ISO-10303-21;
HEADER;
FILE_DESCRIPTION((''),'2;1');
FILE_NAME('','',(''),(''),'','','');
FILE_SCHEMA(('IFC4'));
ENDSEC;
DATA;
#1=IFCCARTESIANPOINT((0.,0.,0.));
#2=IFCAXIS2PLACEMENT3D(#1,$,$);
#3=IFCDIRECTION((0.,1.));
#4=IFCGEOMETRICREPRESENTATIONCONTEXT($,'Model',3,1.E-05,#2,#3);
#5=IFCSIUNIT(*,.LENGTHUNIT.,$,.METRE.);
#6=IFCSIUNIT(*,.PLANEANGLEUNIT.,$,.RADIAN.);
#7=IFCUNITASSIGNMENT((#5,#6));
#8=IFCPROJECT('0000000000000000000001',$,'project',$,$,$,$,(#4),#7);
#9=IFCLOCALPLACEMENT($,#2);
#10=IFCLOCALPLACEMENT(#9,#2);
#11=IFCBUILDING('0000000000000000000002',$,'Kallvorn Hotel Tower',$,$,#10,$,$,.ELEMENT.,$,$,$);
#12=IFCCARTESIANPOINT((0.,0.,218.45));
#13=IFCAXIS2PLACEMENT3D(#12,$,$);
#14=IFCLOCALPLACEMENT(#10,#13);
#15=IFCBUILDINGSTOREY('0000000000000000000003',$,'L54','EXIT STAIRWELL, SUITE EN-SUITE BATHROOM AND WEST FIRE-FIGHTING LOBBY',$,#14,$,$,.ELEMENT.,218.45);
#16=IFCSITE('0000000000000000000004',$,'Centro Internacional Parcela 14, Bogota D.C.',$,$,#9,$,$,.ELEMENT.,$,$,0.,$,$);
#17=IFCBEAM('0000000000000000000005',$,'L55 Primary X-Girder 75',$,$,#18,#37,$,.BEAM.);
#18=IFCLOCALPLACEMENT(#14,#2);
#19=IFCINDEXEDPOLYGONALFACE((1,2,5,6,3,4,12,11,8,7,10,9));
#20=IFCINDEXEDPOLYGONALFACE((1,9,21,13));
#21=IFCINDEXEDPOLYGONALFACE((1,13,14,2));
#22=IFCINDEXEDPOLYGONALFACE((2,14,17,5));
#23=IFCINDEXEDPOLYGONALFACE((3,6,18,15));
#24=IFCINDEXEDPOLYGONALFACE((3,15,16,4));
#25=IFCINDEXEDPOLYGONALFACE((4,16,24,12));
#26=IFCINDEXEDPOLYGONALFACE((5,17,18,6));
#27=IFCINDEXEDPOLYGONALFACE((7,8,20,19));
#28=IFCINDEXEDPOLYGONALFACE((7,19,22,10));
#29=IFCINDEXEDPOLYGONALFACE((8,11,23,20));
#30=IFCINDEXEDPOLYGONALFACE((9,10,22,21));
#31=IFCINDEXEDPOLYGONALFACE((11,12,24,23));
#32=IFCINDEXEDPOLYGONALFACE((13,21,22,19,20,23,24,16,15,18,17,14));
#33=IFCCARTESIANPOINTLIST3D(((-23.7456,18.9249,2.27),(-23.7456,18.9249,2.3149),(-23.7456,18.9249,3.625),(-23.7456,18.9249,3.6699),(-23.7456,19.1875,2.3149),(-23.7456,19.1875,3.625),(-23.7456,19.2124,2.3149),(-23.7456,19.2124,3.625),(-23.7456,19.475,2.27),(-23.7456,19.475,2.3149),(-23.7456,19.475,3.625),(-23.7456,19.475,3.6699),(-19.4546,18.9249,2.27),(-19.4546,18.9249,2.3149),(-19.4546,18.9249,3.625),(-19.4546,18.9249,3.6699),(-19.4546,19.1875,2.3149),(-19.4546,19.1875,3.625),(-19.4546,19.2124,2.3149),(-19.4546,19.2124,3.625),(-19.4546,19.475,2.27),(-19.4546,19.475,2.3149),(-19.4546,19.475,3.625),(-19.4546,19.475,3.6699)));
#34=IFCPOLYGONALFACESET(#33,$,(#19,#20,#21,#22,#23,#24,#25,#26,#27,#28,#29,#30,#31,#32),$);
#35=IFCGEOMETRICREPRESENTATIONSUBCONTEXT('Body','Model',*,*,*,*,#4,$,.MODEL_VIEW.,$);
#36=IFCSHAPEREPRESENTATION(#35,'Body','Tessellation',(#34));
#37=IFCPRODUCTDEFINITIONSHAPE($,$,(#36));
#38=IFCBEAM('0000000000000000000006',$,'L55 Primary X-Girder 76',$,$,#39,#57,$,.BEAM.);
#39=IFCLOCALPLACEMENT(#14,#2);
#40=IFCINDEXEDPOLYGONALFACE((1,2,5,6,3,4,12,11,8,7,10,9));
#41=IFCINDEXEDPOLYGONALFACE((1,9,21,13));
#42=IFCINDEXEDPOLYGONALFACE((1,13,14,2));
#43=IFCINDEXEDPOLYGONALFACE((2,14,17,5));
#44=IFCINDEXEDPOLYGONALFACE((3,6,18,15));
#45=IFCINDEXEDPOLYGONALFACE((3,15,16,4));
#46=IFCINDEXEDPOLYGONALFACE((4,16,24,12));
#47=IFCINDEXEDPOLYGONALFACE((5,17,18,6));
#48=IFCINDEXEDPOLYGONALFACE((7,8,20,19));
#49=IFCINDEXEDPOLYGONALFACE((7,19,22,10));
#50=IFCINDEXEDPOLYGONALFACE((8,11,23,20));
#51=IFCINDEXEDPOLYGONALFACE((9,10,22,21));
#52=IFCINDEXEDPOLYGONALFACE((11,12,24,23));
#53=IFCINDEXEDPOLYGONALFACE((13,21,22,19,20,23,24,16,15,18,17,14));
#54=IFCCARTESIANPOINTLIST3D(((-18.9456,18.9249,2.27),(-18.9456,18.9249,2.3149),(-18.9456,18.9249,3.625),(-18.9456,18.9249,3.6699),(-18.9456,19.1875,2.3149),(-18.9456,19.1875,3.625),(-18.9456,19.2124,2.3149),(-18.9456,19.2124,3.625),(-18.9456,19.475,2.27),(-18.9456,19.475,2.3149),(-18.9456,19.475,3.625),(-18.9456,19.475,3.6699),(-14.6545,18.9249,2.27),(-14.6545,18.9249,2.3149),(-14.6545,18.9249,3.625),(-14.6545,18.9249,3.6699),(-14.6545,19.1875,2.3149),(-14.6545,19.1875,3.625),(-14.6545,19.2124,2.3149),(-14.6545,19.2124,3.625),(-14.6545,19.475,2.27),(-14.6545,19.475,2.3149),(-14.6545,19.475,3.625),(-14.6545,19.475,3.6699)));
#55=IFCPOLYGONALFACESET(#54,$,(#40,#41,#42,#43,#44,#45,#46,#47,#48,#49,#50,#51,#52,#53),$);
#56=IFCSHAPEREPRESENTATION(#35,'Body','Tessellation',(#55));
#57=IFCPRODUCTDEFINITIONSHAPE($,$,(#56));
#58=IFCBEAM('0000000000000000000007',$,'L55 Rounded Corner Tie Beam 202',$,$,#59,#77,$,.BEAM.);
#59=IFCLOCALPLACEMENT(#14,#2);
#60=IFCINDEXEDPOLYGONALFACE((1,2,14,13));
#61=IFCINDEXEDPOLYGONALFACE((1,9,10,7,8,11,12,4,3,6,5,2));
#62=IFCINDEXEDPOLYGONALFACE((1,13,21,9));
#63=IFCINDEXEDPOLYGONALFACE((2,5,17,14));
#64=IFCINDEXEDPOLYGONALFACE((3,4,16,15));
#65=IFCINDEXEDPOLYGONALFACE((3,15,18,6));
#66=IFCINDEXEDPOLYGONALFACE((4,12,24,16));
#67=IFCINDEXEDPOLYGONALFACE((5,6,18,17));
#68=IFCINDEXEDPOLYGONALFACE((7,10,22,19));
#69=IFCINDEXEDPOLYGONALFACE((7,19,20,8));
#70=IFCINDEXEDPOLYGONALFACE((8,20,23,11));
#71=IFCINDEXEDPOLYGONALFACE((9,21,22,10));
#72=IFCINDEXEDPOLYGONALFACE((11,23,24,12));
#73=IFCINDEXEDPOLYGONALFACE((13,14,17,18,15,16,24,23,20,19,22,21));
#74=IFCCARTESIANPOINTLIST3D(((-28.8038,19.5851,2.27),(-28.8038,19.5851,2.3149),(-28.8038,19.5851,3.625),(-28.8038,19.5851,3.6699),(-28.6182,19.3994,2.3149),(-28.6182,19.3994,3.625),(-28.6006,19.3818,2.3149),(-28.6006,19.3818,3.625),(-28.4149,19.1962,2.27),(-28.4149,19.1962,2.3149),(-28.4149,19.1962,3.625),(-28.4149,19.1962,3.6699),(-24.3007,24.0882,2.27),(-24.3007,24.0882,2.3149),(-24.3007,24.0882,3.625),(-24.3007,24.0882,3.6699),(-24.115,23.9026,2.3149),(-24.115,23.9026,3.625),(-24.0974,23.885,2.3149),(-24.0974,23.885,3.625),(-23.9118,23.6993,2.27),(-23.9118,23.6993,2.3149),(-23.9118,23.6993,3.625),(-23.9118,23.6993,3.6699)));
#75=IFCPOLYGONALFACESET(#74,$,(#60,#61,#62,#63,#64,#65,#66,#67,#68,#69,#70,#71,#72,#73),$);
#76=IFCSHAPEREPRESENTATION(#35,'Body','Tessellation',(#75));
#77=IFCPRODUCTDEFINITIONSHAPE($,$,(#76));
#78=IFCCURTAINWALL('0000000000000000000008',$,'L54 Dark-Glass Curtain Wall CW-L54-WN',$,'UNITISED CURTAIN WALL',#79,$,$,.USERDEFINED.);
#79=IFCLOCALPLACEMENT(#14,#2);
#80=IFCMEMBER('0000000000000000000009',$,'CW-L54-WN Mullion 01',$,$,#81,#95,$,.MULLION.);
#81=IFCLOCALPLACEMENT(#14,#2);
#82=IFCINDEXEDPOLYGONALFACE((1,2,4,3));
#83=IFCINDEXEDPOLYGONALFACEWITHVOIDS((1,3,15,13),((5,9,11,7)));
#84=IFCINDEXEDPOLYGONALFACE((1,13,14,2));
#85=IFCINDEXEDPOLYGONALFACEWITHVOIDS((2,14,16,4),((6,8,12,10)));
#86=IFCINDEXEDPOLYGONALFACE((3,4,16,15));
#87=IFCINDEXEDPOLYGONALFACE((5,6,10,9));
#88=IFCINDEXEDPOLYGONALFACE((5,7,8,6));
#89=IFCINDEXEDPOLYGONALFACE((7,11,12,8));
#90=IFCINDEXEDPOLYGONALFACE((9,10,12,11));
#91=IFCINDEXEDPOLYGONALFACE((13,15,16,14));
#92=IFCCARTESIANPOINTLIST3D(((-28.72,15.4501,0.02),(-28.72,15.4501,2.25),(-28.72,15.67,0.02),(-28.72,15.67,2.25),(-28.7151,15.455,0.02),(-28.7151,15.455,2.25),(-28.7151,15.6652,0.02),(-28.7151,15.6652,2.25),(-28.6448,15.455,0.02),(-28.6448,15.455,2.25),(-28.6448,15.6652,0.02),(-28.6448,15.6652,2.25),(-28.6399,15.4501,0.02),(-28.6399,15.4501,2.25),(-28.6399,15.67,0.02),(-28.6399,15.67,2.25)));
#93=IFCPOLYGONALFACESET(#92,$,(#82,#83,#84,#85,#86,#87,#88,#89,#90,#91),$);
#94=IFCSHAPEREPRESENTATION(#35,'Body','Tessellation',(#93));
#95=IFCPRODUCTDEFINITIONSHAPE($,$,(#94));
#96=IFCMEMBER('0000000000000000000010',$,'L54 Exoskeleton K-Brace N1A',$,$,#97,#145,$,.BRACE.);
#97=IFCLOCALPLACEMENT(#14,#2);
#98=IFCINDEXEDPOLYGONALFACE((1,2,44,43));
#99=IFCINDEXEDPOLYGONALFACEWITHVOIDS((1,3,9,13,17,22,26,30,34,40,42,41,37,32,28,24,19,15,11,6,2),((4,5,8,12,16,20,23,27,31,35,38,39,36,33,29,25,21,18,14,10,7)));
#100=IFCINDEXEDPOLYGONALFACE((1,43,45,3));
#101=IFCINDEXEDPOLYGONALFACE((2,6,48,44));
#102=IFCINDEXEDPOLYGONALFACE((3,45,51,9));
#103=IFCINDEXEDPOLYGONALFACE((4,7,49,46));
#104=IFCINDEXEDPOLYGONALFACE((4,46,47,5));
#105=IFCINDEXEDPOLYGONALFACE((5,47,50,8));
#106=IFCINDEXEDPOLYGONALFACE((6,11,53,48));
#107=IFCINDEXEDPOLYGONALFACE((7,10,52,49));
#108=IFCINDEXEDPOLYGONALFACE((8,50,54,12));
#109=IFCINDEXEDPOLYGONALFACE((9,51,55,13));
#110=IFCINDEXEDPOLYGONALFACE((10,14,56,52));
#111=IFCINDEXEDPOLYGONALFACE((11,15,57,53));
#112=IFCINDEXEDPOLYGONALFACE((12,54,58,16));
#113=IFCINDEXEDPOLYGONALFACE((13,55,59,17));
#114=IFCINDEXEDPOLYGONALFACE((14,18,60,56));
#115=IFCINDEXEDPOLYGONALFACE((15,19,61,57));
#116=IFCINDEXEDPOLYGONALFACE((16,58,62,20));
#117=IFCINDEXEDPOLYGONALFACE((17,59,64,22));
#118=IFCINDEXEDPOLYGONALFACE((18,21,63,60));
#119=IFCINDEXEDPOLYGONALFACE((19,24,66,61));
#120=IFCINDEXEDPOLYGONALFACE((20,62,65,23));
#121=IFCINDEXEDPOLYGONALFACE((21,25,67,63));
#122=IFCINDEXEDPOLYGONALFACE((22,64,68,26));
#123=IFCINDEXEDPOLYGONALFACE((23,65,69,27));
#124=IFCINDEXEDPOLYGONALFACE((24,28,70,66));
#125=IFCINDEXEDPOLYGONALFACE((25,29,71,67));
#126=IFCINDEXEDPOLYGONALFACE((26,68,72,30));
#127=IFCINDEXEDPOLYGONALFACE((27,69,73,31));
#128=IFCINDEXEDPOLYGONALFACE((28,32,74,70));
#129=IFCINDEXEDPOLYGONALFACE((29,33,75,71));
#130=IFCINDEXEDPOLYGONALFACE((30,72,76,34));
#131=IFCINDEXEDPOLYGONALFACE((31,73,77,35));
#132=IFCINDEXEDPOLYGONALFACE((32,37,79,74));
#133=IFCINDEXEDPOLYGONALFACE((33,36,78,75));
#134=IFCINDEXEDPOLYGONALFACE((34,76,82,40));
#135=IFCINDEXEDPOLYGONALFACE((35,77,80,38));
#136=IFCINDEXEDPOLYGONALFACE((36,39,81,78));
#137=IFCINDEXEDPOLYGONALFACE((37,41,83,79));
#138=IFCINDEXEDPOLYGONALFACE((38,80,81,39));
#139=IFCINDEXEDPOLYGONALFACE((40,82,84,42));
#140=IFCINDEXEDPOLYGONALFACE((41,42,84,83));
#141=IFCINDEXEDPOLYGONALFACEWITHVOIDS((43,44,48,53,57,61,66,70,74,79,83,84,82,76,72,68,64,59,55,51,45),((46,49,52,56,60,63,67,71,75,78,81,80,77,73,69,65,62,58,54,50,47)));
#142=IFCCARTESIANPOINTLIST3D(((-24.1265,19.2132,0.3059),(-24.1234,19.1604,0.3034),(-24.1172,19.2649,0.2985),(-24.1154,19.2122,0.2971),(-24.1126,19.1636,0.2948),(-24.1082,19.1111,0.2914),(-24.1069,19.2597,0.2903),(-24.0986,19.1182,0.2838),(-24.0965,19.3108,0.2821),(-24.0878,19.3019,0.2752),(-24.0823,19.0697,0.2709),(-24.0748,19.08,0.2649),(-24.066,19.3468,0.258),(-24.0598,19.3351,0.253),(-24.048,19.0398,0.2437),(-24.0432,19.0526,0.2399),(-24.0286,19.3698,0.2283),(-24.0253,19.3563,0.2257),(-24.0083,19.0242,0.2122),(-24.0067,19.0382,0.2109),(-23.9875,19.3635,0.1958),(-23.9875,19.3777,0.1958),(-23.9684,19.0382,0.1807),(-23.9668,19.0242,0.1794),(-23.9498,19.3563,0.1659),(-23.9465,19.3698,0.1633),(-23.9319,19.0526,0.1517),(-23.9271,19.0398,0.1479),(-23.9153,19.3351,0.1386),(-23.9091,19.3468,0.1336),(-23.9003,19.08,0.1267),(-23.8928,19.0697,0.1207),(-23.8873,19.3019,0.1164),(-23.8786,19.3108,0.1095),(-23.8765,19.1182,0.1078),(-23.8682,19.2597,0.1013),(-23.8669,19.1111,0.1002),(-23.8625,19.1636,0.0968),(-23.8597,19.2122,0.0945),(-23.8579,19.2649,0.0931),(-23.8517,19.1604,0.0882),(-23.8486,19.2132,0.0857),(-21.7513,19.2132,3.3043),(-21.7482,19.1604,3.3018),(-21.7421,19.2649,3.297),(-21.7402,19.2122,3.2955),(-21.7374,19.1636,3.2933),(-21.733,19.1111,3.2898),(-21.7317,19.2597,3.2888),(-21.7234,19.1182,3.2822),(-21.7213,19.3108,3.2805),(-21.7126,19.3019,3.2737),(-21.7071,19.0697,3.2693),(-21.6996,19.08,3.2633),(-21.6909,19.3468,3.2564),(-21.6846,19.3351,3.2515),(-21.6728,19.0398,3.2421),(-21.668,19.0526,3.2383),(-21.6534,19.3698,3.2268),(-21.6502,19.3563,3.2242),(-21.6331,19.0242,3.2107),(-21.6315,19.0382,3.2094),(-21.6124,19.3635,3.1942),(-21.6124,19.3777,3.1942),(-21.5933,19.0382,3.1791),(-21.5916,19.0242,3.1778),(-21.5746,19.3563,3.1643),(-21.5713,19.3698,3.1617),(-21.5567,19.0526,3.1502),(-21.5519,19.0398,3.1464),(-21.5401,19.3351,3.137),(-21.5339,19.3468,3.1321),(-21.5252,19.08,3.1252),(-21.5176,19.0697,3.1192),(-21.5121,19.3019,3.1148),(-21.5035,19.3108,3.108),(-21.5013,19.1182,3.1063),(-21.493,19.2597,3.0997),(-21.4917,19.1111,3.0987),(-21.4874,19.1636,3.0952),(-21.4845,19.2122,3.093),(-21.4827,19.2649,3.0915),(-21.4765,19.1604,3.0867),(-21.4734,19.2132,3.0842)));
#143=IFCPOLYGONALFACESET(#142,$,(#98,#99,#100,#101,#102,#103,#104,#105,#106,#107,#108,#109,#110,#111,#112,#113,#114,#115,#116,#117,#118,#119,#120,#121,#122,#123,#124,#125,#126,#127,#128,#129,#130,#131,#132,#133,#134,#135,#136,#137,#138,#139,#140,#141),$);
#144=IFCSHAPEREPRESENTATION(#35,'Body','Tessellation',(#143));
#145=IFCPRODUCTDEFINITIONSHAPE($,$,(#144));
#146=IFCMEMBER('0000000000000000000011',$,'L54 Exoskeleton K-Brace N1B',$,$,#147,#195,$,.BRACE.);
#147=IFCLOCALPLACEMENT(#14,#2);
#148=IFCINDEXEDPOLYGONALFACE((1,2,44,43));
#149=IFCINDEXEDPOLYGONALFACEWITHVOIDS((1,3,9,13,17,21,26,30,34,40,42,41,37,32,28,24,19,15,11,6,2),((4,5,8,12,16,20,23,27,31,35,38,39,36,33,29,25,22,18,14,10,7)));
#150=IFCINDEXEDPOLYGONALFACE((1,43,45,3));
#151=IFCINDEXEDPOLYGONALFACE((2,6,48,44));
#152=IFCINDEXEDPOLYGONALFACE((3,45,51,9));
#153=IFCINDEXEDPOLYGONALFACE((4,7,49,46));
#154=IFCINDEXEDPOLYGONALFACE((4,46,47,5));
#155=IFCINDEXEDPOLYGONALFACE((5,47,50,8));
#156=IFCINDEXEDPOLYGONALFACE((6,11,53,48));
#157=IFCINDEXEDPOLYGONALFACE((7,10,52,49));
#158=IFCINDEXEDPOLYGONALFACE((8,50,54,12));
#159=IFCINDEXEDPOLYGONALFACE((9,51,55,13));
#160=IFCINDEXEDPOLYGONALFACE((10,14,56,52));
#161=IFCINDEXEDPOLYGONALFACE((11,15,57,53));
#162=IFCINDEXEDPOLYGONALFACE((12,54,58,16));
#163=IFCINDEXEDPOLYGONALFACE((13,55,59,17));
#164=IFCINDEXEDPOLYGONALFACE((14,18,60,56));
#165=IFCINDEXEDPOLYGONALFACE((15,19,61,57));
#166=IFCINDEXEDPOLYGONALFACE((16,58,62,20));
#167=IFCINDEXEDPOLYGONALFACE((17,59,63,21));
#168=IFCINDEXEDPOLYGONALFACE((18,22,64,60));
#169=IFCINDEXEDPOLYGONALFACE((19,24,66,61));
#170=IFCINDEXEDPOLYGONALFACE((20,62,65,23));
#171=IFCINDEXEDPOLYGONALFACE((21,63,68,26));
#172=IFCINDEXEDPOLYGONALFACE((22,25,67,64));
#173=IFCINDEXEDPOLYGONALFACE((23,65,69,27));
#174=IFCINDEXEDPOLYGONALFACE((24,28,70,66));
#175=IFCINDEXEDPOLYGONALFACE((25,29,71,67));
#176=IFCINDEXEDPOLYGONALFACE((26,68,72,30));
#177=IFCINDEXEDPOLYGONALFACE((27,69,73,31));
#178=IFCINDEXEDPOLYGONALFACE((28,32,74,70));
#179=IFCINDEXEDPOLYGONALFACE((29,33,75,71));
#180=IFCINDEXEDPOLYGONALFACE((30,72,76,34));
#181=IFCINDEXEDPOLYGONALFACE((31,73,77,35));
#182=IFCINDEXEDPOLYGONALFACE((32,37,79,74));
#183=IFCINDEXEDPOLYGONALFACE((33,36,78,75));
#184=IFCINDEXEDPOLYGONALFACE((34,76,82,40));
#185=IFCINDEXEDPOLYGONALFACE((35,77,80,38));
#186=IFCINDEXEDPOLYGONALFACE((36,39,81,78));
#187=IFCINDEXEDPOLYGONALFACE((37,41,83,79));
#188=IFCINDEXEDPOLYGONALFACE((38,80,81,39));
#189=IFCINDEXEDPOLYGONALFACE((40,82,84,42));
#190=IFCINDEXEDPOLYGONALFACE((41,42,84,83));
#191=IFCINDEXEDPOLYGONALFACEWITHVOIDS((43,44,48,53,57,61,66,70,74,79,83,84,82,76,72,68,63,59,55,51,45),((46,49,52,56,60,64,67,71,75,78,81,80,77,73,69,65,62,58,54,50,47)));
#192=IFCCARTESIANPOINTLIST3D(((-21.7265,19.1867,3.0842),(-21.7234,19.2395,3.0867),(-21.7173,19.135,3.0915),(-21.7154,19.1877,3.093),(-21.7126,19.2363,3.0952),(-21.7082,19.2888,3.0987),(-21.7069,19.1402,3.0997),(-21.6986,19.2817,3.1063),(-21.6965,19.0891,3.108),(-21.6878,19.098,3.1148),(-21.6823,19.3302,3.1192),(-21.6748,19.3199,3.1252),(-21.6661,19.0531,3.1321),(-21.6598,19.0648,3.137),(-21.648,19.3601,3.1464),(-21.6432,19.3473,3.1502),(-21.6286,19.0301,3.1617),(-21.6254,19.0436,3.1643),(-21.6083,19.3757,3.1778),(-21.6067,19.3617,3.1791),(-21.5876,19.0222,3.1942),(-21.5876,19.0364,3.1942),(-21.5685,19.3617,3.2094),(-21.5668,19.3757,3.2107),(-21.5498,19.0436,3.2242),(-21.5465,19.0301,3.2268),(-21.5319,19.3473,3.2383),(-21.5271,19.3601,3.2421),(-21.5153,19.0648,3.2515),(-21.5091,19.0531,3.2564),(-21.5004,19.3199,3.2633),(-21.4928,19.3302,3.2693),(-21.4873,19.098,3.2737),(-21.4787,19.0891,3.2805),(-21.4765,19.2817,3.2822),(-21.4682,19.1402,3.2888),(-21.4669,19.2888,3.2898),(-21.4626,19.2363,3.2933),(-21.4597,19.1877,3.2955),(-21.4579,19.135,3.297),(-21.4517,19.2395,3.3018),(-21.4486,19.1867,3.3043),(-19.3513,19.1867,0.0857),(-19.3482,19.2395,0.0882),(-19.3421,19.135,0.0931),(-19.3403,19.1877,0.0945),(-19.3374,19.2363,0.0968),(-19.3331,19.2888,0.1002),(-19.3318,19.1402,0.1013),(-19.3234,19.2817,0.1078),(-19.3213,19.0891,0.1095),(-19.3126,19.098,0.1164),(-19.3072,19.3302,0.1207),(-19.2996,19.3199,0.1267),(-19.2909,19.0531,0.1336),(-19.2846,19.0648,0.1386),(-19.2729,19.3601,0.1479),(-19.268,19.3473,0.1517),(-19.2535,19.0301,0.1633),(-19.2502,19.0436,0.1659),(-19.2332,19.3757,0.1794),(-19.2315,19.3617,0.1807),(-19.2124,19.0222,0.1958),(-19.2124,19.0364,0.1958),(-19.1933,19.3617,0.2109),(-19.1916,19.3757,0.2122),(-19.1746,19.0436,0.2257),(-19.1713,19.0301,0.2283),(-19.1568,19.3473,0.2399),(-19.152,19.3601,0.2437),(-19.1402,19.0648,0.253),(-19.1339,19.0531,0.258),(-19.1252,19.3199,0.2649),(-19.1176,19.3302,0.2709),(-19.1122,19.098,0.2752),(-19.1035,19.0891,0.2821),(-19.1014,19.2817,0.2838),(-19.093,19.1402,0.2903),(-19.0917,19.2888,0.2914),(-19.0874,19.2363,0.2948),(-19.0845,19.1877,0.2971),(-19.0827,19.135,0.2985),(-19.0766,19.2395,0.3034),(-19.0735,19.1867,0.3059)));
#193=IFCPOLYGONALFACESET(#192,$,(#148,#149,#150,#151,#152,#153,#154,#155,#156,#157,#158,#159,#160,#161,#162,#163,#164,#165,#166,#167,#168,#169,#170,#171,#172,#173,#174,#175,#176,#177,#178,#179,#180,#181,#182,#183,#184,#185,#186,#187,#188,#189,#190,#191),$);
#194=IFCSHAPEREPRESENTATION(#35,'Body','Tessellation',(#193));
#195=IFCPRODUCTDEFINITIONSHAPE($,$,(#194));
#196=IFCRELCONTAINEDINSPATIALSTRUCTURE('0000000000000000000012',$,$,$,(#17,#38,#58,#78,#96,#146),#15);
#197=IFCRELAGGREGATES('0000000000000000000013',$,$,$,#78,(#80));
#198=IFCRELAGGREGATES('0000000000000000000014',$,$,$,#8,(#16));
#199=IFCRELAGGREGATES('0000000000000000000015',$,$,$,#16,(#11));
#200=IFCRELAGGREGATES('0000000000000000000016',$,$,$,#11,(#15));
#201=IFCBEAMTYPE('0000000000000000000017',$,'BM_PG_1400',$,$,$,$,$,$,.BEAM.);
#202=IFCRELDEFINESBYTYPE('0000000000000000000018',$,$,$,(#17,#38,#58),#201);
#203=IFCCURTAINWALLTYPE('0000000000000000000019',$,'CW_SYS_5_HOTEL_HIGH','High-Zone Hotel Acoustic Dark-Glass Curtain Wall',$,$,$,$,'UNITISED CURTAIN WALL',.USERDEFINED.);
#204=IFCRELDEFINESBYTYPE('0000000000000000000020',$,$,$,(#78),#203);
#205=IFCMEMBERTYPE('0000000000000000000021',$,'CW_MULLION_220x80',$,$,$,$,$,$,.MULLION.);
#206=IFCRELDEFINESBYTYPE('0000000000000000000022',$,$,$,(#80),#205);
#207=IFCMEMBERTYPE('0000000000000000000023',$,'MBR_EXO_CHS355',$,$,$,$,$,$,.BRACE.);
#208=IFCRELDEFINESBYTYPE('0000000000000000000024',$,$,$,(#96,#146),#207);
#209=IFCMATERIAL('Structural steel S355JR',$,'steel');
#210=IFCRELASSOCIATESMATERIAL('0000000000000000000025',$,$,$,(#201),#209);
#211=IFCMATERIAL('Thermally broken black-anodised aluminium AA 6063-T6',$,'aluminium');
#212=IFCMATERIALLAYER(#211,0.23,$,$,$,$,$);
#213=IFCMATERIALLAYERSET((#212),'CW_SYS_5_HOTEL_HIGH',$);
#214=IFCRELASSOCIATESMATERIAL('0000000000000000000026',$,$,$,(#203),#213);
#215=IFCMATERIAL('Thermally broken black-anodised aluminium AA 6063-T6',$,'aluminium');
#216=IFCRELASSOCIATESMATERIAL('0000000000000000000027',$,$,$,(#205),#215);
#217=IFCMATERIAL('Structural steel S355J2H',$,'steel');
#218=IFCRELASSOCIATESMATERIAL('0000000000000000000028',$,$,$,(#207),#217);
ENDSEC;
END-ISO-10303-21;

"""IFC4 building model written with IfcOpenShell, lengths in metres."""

from ifc_helpers import new_model, si_unit, direction, frame, origin, origin_2d, place, context, subcontext, project, spatial, hollow_rectangle, hollow_circle, i_section, extrude, material, layer, layer_set, material_profile, profile_set, type_object, element, aggregate, save


model = new_model("IFC4")

# Units and contexts
model_context = context("Model", 3, precision=1e-05, world=origin(), true_north=direction((0.0, 1.0)))
body_context = subcontext(model_context, "Body", "Model", "MODEL_VIEW")
ifc_project = project(units=[si_unit("LENGTHUNIT", "METRE"), si_unit("PLANEANGLEUNIT", "RADIAN")], contexts=[model_context])

# Site, building, storey
site_placement = place(None, origin())
site = spatial("IfcSite", under=ifc_project, at=site_placement, Name="Centro Internacional Parcela 14, Bogota D.C.", CompositionType="ELEMENT", RefElevation=0.0)
building_placement = place(site_placement, origin())
building = spatial("IfcBuilding", under=site, at=building_placement, Name="Kallvorn Hotel Tower", CompositionType="ELEMENT")
storey_placement = place(building_placement, frame((0.0, 0.0, 218.45)))
storey = spatial("IfcBuildingStorey", under=building, at=storey_placement, Name="L54", Description="EXIT STAIRWELL, SUITE EN-SUITE BATHROOM AND WEST FIRE-FIGHTING LOBBY", CompositionType="ELEMENT", Elevation=218.45)

# Beams
ifc_material_1 = material(Name="Structural steel S355JR", Category="steel")
ifc_material_profile_1 = material_profile(ifc_material_1, i_section(OverallWidth=0.55, OverallDepth=1.3999, WebThickness=0.0249, FlangeThickness=0.0449, at=origin_2d()), Name="PG 1400x550x25x45")
ifc_profile_set_1 = profile_set([ifc_material_profile_1], Name="Structural steel S355JR")
beam_type_1 = type_object("IfcBeamType", Name="BM_PG_1400", PredefinedType="BEAM", material=ifc_profile_set_1)
for number, where, z_axis, x_axis, name in (
    (1, (-23.7456, 19.2, 2.97), (1.0, 0.0, 0.0), (0.0, 1.0, 0.0), "L55 Primary X-Girder 75"),
    (2, (-18.9456, 19.2, 2.97), (1.0, 0.0, 0.0), (0.0, 1.0, 0.0), "L55 Primary X-Girder 76"),
):
    element("IfcBeam", number, at=place(storey_placement, frame(where, z_axis=z_axis, x_axis=x_axis)), inside=storey, type_object=beam_type_1, Name=name, PredefinedType="BEAM", context=body_context, shape_type="SweptSolid", body=[
        extrude(i_section(OverallWidth=0.55, OverallDepth=1.3999, WebThickness=0.0249, FlangeThickness=0.0449, at=origin_2d()), origin(), (0.0, 0.0, 1.0), 4.291),
    ])
beam_placement = place(storey_placement, frame((-28.6094, 19.3906, 2.97), z_axis=(0.707107, 0.707107, 0.0), x_axis=(-0.707107, 0.707107, 0.0)))
element("IfcBeam", 3, at=beam_placement, inside=storey, type_object=beam_type_1, Name="L55 Rounded Corner Tie Beam 202", PredefinedType="BEAM", context=body_context, shape_type="SweptSolid", body=[
    extrude(i_section(OverallWidth=0.55, OverallDepth=1.3999, WebThickness=0.0249, FlangeThickness=0.0449, at=origin_2d()), origin(), (0.0, 0.0, 1.0), 6.3684),
])

# Curtain wall, member
ifc_material_2 = material(Name="Thermally broken black-anodised aluminium AA 6063-T6", Category="aluminium")
ifc_layer_1 = layer(ifc_material_2, 0.23)
ifc_layer_set_1 = layer_set([ifc_layer_1], Name="CW_SYS_5_HOTEL_HIGH")
curtain_wall_type = type_object("IfcCurtainWallType", Name="CW_SYS_5_HOTEL_HIGH", Description="High-Zone Hotel Acoustic Dark-Glass Curtain Wall", ElementType="UNITISED CURTAIN WALL", PredefinedType="USERDEFINED", material=ifc_layer_set_1)
curtain_wall_placement = place(storey_placement, origin())
curtain_wall = element("IfcCurtainWall", 4, at=curtain_wall_placement, inside=storey, type_object=curtain_wall_type, Name="L54 Dark-Glass Curtain Wall CW-L54-WN", ObjectType="UNITISED CURTAIN WALL", PredefinedType="USERDEFINED")
ifc_material_3 = material(Name="Thermally broken black-anodised aluminium AA 6063-T6", Category="aluminium")
ifc_material_profile_2 = material_profile(ifc_material_3, hollow_rectangle(XDim=0.0801, YDim=0.22, WallThickness=0.0049, at=origin_2d()), Name="MUL 220x80")
ifc_profile_set_2 = profile_set([ifc_material_profile_2], Name="Thermally broken black-anodised aluminium AA 6063-T6")
member_type_1 = type_object("IfcMemberType", Name="CW_MULLION_220x80", PredefinedType="MULLION", material=ifc_profile_set_2)
member_placement = place(storey_placement, frame((-28.6799, 15.5601, 0.02), z_axis=(0.0, 0.0, 1.0), x_axis=(1.0, 0.0, 0.0)))
member = element("IfcMember", 5, at=member_placement, type_object=member_type_1, Name="CW-L54-WN Mullion 01", PredefinedType="MULLION", context=body_context, shape_type="SweptSolid", body=[
    extrude(hollow_rectangle(XDim=0.0801, YDim=0.22, WallThickness=0.0049, at=origin_2d()), origin(), (0.0, 0.0, 1.0), 2.23),
])
aggregate(curtain_wall, [member])

# Members
ifc_material_4 = material(Name="Structural steel S355J2H", Category="steel")
ifc_material_profile_3 = material_profile(ifc_material_4, hollow_circle(Radius=0.1777, WallThickness=0.0142, at=origin_2d()), Name="CHS 355.6x14.2")
ifc_profile_set_3 = profile_set([ifc_material_profile_3], Name="Structural steel S355J2H")
member_type_2 = type_object("IfcMemberType", Name="MBR_EXO_CHS355", PredefinedType="BRACE", material=ifc_profile_set_3)
for number, where, z_axis, x_axis, name in (
    (6, (-23.9875, 19.2, 0.1958), (0.620929, 0.0, 0.783867), (0.0, 1.0, 0.0), "L54 Exoskeleton K-Brace N1A"),
    (7, (-19.2124, 19.2, 0.1958), (-0.620929, 0.0, 0.783867), (0.0, -1.0, 0.0), "L54 Exoskeleton K-Brace N1B"),
):
    element("IfcMember", number, at=place(storey_placement, frame(where, z_axis=z_axis, x_axis=x_axis)), inside=storey, type_object=member_type_2, Name=name, PredefinedType="BRACE", context=body_context, shape_type="SweptSolid", body=[
        extrude(hollow_circle(Radius=0.1777, WallThickness=0.0142, at=origin_2d()), origin(), (0.0, 0.0, 1.0), 3.8252),
    ])

save(model, "model.ifc")
